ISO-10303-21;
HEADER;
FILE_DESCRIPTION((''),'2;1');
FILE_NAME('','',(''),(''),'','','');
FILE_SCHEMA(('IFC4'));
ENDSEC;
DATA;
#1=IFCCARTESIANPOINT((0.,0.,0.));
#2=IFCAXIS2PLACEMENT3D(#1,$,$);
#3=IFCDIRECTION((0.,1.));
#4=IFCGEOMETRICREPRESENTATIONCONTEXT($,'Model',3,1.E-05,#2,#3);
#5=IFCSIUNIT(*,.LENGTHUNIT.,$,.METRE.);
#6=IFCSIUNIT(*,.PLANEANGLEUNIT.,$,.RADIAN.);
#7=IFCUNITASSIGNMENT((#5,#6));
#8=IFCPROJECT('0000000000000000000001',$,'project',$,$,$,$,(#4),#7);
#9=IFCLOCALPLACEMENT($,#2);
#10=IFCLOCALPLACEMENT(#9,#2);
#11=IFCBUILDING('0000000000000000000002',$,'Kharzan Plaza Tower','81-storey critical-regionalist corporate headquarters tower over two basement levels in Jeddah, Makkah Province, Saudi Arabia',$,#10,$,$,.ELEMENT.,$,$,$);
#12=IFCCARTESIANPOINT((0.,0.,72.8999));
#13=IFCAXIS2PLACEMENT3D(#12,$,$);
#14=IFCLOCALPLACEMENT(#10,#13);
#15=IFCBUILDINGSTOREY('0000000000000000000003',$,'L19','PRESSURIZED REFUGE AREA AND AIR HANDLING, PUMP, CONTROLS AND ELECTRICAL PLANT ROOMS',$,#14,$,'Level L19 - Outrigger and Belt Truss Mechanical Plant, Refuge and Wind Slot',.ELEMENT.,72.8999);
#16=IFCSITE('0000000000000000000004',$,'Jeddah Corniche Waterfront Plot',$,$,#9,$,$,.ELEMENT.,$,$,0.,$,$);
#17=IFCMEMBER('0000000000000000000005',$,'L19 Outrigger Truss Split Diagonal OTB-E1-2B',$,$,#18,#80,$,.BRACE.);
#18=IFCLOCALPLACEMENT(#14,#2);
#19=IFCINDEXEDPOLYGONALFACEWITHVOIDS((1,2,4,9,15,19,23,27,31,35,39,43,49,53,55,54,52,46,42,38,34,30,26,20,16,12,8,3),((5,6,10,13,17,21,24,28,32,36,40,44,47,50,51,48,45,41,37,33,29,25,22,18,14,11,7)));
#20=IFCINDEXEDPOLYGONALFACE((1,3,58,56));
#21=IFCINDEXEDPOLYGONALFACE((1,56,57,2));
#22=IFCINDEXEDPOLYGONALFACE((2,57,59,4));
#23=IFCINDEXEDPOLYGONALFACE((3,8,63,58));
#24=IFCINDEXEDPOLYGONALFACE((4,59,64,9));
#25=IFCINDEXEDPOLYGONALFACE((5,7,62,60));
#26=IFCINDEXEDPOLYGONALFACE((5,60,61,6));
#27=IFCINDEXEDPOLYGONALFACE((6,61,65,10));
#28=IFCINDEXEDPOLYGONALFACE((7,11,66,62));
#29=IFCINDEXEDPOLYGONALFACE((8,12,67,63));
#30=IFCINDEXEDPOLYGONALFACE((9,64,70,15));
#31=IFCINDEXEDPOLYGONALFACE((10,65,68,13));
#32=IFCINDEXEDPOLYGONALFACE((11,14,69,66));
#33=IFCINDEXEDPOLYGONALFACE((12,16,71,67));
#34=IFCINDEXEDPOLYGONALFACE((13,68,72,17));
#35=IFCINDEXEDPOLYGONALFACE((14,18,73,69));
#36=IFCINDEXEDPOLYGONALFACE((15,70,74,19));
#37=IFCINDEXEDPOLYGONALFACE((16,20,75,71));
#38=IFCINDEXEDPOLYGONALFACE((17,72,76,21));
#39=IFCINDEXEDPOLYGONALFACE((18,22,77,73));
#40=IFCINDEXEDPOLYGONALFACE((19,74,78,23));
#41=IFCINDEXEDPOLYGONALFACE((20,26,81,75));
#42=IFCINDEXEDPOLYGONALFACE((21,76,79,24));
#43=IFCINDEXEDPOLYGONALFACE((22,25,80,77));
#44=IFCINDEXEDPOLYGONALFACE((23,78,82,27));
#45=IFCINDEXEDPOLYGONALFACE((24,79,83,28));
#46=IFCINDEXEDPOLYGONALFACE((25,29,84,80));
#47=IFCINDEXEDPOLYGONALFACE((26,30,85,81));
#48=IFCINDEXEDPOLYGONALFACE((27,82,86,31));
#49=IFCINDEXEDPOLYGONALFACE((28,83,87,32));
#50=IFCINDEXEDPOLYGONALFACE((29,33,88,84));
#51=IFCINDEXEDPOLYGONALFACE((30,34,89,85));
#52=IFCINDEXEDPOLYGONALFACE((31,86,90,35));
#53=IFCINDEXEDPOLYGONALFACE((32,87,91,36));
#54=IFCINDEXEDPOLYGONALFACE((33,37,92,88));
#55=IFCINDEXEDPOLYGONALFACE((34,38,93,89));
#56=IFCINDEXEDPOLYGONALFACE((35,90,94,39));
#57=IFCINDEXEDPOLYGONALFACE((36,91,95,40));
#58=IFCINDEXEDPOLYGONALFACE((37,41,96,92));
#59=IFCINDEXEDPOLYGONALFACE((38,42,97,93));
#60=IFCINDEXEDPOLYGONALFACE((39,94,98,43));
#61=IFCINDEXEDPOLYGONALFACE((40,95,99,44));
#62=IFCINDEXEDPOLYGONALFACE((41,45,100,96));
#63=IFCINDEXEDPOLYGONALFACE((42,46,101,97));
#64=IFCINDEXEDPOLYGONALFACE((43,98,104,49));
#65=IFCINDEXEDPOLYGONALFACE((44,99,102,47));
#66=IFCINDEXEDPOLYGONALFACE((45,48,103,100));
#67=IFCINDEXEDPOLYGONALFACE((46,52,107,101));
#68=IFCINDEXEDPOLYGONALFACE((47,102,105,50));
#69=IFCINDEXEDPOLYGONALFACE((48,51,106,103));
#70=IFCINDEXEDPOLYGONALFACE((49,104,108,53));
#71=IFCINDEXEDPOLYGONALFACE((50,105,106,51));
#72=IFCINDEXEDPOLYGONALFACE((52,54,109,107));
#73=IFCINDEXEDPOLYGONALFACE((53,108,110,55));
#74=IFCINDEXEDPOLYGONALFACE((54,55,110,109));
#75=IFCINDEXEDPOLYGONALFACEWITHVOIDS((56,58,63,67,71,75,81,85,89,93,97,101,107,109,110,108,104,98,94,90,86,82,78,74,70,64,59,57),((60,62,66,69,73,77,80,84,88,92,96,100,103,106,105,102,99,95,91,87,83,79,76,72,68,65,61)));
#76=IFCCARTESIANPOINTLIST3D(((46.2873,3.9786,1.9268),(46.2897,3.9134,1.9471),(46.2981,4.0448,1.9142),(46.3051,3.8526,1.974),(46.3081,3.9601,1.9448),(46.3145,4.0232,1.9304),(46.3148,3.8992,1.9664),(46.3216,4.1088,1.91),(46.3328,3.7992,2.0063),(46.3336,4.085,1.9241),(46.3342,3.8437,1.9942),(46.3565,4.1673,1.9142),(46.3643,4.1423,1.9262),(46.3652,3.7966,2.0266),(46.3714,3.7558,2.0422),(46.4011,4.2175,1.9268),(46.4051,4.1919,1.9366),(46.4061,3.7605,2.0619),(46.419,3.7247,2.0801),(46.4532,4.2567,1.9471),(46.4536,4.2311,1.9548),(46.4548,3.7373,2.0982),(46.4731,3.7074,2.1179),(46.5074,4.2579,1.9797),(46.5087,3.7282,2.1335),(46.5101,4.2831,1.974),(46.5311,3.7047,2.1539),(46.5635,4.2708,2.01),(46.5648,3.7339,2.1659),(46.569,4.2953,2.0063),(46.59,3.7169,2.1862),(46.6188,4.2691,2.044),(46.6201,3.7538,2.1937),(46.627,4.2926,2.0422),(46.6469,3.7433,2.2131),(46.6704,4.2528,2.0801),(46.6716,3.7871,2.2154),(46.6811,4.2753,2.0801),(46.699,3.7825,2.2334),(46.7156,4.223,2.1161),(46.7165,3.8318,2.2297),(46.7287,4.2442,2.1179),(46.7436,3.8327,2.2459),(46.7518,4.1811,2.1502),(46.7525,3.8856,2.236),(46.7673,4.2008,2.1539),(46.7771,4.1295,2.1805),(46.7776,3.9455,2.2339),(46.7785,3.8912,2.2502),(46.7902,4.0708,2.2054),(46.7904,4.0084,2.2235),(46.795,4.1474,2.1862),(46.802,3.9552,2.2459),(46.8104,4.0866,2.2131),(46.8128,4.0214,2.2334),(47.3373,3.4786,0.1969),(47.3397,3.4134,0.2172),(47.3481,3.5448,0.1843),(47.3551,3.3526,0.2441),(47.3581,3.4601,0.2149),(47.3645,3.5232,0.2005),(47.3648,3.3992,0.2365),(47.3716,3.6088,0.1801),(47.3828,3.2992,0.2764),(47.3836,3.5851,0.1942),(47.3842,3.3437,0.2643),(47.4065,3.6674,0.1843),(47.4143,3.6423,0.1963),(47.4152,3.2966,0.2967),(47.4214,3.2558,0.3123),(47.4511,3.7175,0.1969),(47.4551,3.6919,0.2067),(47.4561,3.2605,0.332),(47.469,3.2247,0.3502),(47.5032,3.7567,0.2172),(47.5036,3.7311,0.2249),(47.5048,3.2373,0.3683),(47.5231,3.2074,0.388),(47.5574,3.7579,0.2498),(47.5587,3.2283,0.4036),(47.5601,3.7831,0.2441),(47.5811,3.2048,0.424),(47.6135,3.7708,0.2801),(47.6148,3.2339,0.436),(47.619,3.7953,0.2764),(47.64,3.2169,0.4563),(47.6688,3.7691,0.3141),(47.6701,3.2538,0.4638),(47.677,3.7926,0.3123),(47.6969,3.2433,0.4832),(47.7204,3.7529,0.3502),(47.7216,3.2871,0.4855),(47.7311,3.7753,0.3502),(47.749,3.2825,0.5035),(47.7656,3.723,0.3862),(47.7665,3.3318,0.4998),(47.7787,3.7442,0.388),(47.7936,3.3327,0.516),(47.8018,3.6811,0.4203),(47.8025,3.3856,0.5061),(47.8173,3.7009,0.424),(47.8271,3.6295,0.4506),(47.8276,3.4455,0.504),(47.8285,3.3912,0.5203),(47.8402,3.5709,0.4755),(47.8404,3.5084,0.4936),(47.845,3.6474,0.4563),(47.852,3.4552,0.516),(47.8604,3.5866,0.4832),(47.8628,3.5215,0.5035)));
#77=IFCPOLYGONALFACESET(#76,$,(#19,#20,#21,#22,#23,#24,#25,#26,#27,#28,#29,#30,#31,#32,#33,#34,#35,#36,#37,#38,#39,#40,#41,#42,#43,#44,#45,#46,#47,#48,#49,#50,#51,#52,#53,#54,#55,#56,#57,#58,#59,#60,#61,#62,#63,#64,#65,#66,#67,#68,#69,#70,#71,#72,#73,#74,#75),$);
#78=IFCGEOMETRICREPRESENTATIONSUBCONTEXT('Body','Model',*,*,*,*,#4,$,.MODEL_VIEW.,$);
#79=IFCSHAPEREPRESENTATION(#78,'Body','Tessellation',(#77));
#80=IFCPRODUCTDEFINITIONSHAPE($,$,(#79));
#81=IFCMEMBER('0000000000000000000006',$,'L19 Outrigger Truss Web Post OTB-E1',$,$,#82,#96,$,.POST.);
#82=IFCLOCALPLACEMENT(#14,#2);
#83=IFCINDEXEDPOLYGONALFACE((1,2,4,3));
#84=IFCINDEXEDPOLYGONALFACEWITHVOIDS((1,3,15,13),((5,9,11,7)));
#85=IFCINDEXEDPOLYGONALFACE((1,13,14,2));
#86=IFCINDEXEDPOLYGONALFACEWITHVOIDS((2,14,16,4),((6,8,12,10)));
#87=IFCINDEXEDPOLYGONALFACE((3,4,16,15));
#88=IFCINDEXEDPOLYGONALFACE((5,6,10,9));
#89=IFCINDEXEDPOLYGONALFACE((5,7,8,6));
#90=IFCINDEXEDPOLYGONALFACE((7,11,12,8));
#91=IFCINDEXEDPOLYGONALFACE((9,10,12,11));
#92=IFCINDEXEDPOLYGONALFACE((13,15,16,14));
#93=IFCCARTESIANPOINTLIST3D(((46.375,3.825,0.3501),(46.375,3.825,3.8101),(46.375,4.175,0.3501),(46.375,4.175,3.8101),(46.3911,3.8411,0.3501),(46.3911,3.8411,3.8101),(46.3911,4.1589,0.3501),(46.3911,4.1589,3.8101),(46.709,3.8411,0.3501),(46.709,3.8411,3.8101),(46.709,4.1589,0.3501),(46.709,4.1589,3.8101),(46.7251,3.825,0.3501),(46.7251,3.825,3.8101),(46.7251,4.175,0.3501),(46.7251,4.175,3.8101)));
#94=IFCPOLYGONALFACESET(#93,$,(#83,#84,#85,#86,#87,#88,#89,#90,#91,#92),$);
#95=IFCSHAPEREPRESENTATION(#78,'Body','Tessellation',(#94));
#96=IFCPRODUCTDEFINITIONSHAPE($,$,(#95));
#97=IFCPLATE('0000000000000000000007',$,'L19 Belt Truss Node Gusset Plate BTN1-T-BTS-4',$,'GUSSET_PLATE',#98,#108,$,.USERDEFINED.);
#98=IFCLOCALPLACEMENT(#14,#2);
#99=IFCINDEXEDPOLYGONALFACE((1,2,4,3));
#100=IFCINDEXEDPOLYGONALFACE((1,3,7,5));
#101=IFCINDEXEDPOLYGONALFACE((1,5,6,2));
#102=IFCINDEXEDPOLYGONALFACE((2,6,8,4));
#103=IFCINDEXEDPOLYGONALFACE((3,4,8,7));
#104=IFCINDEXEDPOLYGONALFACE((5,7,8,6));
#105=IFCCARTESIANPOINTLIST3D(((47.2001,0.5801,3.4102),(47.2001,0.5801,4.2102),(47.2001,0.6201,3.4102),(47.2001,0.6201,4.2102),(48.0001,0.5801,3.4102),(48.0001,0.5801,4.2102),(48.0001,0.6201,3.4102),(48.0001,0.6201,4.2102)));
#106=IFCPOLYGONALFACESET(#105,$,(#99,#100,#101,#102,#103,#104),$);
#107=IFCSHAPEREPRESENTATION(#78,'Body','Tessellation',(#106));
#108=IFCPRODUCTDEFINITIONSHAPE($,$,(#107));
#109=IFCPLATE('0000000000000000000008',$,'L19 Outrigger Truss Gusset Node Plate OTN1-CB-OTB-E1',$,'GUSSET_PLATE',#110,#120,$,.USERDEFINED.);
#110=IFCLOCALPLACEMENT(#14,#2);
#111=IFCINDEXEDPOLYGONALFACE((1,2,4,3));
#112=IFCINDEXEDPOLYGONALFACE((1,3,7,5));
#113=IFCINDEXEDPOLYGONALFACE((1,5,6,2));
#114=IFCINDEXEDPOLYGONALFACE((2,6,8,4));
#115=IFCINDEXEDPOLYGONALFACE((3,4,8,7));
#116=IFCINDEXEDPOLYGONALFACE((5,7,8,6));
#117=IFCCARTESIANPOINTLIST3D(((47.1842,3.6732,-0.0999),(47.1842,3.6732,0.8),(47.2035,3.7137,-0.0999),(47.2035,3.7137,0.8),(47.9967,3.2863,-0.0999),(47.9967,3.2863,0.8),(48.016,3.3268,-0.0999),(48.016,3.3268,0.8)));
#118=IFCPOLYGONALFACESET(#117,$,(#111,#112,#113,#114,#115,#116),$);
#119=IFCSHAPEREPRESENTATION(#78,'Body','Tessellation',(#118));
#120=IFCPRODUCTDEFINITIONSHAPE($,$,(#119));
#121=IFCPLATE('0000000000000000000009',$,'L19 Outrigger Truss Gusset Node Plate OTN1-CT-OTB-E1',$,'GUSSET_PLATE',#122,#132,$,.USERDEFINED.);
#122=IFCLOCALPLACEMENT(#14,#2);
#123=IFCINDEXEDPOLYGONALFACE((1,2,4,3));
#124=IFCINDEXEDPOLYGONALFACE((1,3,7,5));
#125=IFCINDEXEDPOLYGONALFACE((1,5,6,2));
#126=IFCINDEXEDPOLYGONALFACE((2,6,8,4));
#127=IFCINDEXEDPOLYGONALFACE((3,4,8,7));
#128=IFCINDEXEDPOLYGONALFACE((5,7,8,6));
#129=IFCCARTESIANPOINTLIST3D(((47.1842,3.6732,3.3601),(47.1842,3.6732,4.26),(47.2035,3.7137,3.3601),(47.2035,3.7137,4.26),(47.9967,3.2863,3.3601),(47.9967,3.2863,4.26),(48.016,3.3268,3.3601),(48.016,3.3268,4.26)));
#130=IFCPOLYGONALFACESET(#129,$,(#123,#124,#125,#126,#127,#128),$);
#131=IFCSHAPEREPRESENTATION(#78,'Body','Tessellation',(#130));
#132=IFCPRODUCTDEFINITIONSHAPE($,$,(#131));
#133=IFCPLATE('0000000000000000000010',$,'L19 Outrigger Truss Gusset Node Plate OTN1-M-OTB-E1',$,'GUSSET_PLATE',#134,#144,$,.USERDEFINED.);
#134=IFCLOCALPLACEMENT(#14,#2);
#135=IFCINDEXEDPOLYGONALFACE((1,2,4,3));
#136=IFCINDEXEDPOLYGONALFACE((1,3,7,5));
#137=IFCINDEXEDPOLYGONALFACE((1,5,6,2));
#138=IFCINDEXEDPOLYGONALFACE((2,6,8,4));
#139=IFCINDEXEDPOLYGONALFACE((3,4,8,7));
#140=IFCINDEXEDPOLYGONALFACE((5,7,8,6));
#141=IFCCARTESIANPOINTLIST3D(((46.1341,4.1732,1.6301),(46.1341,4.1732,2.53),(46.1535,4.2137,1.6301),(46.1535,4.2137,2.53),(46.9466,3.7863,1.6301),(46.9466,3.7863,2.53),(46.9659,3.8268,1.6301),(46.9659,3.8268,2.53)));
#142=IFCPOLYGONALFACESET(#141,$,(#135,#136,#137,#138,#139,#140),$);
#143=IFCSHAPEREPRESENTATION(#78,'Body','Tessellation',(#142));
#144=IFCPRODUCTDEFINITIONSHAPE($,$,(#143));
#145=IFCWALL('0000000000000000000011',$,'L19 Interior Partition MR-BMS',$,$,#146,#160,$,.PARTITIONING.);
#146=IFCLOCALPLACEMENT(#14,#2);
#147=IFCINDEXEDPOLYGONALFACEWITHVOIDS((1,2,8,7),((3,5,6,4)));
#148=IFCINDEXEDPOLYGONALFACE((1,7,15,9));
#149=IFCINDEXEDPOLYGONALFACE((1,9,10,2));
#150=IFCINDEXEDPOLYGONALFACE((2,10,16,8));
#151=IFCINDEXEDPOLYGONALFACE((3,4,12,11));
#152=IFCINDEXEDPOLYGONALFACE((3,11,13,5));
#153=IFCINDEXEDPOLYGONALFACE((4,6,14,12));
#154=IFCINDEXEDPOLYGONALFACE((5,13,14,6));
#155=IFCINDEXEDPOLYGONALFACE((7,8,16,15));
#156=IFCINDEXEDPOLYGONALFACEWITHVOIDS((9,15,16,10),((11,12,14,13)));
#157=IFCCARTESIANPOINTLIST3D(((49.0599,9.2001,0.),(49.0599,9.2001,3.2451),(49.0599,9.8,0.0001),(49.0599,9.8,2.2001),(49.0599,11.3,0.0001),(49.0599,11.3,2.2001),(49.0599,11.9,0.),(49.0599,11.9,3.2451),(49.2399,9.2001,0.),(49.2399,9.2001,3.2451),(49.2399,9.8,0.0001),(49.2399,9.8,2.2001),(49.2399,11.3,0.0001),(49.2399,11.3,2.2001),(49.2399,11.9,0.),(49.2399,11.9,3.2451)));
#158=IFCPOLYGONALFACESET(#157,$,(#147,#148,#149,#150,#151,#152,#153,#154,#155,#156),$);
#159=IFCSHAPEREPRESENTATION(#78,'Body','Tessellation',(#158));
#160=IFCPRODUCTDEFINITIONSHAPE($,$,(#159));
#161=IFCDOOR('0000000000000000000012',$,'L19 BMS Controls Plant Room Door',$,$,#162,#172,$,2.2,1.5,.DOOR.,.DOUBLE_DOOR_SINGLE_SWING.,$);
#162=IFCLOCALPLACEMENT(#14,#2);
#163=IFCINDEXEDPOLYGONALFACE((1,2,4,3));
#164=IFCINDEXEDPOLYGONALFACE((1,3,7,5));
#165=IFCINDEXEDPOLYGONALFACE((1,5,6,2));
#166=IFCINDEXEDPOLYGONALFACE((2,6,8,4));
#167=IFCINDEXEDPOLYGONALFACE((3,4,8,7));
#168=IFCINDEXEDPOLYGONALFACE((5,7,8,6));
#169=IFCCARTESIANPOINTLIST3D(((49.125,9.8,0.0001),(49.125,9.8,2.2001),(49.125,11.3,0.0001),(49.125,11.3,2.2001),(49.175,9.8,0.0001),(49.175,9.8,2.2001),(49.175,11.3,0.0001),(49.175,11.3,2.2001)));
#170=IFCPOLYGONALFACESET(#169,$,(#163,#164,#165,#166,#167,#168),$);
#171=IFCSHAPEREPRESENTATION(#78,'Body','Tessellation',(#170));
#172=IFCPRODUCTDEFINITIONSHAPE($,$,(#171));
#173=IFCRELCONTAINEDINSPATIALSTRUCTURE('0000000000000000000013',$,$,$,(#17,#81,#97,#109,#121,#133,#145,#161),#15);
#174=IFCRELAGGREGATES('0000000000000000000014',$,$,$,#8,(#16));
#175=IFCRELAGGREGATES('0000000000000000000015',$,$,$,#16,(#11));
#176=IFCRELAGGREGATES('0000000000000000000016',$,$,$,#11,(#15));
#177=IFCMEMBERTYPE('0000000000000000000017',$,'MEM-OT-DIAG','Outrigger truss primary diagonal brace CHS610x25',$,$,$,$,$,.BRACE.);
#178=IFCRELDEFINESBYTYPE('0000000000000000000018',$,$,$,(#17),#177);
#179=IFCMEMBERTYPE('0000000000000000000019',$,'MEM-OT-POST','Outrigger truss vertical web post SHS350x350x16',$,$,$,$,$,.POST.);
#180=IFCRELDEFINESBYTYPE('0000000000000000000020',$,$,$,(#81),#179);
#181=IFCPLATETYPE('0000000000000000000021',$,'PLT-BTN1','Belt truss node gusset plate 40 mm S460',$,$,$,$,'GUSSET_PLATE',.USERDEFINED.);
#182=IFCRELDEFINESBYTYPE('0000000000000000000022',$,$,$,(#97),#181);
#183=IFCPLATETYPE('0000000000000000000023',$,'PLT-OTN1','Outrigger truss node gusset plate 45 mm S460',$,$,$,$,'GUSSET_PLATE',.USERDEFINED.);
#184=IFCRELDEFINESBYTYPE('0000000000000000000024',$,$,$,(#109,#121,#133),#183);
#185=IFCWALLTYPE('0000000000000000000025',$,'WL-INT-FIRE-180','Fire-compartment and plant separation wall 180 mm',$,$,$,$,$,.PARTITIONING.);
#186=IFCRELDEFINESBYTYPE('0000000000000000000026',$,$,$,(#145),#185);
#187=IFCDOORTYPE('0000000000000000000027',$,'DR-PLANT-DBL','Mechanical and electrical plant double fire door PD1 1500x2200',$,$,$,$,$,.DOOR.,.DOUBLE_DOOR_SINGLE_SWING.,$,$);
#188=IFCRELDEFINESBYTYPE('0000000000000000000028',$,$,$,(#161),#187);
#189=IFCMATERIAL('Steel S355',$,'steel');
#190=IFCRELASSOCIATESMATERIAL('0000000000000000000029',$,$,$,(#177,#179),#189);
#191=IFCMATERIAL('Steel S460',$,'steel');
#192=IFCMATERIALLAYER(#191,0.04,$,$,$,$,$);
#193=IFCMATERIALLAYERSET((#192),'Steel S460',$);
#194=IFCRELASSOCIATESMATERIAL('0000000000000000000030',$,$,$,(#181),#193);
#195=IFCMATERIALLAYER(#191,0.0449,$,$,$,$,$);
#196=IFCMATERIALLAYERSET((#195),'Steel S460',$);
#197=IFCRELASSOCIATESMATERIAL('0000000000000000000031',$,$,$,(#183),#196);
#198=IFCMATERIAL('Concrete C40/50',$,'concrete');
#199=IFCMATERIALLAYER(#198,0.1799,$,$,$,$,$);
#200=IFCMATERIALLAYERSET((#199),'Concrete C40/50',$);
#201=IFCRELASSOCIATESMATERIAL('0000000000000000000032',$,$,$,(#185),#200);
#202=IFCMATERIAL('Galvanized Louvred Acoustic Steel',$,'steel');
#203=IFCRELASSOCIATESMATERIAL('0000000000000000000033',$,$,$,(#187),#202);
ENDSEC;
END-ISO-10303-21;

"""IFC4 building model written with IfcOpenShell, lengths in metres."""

from ifc_helpers import new_model, si_unit, direction, frame, frame_2d, origin, origin_2d, place, context, subcontext, project, spatial, rectangle, hollow_rectangle, hollow_circle, extrude, source, transform, mapped, material, layer, layer_set, material_profile, profile_set, type_object, element, fill, save


model = new_model("IFC4")

# Units and contexts
model_context = context("Model", 3, precision=1e-05, world=origin(), true_north=direction((0.0, 1.0)))
body_context = subcontext(model_context, "Body", "Model", "MODEL_VIEW")
ifc_project = project(units=[si_unit("LENGTHUNIT", "METRE"), si_unit("PLANEANGLEUNIT", "RADIAN")], contexts=[model_context])

# Site, building, storey
site_placement = place(None, origin())
site = spatial("IfcSite", under=ifc_project, at=site_placement, Name="Jeddah Corniche Waterfront Plot", CompositionType="ELEMENT", RefElevation=0.0)
building_placement = place(site_placement, origin())
building = spatial("IfcBuilding", under=site, at=building_placement, Name="Kharzan Plaza Tower", Description="81-storey critical-regionalist corporate headquarters tower over two basement levels in Jeddah, Makkah Province, Saudi Arabia", CompositionType="ELEMENT")
storey_placement = place(building_placement, frame((0.0, 0.0, 72.8999)))
storey = spatial("IfcBuildingStorey", under=building, at=storey_placement, Name="L19", Description="PRESSURIZED REFUGE AREA AND AIR HANDLING, PUMP, CONTROLS AND ELECTRICAL PLANT ROOMS", LongName="Level L19 - Outrigger and Belt Truss Mechanical Plant, Refuge and Wind Slot", CompositionType="ELEMENT", Elevation=72.8999)

# Shared definitions
ifc_material_1 = material(Name="Steel S355", Category="steel")

# Members
ifc_material_profile_1 = material_profile(ifc_material_1, hollow_circle(Radius=0.3049, WallThickness=0.0249, at=origin_2d()), Name="CHS610x25")
ifc_profile_set_1 = profile_set([ifc_material_profile_1], Name="Steel S355")
member_type_1 = type_object("IfcMemberType", Name="MEM-OT-DIAG", Description="Outrigger truss primary diagonal brace CHS610x25", PredefinedType="BRACE", material=ifc_profile_set_1)
shared_shape_1 = source(origin(), body_context, "Body", "SweptSolid", [
    extrude(hollow_circle(Radius=0.3049, WallThickness=0.0249, at=origin_2d()), origin(), (0.0, 0.0, 1.0), 2.0845),
])
member_1_placement = place(storey_placement, frame((46.55, 4.0, 2.0801), z_axis=(0.503724, -0.239858, -0.829898), x_axis=(0.429917, 0.902868, 0.0)))
element("IfcMember", 1, at=member_1_placement, inside=storey, type_object=member_type_1, Name="L19 Outrigger Truss Split Diagonal OTB-E1-2B", PredefinedType="BRACE", context=body_context, shape_type="MappedRepresentation", body=[
    mapped(shared_shape_1, transform((0.0, 0.0, 0.0), x_axis=(1.0, 0.0, 0.0), y_axis=(0.0, 1.0, 0.0), z_axis=(0.0, 0.0, 1.0))),
])
ifc_material_profile_2 = material_profile(ifc_material_1, hollow_rectangle(XDim=0.3501, YDim=0.3501, WallThickness=0.0161, at=origin_2d()), Name="SHS350x350x16")
ifc_profile_set_2 = profile_set([ifc_material_profile_2], Name="Steel S355")
member_type_2 = type_object("IfcMemberType", Name="MEM-OT-POST", Description="Outrigger truss vertical web post SHS350x350x16", PredefinedType="POST", material=ifc_profile_set_2)
shared_shape_2 = source(origin(), body_context, "Body", "SweptSolid", [
    extrude(hollow_rectangle(XDim=0.3501, YDim=0.3501, WallThickness=0.0161, at=origin_2d()), origin(), (0.0, 0.0, 1.0), 3.46),
])
member_2_placement = place(storey_placement, frame((46.55, 4.0, 0.3501), z_axis=(0.0, 0.0, 1.0), x_axis=(1.0, 0.0, 0.0)))
element("IfcMember", 2, at=member_2_placement, inside=storey, type_object=member_type_2, Name="L19 Outrigger Truss Web Post OTB-E1", PredefinedType="POST", context=body_context, shape_type="MappedRepresentation", body=[
    mapped(shared_shape_2, transform((0.0, 0.0, 0.0), x_axis=(1.0, 0.0, 0.0), y_axis=(0.0, 1.0, 0.0), z_axis=(0.0, 0.0, 1.0))),
])

# Plates
ifc_material_2 = material(Name="Steel S460", Category="steel")
ifc_layer_1 = layer(ifc_material_2, 0.04)
ifc_layer_set_1 = layer_set([ifc_layer_1], Name="Steel S460")
plate_type_1 = type_object("IfcPlateType", Name="PLT-BTN1", Description="Belt truss node gusset plate 40 mm S460", ElementType="GUSSET_PLATE", PredefinedType="USERDEFINED", material=ifc_layer_set_1)
shared_shape_3 = source(origin(), body_context, "Body", "SweptSolid", [
    extrude(rectangle(XDim=0.8, YDim=0.04, at=origin_2d()), origin(), (0.0, 0.0, 1.0), 0.8),
])
plate_placement = place(storey_placement, frame((47.6001, 0.6001, 3.4102), z_axis=(0.0, 0.0, 1.0), x_axis=(1.0, 0.0, 0.0)))
element("IfcPlate", 3, at=plate_placement, inside=storey, type_object=plate_type_1, Name="L19 Belt Truss Node Gusset Plate BTN1-T-BTS-4", ObjectType="GUSSET_PLATE", PredefinedType="USERDEFINED", context=body_context, shape_type="MappedRepresentation", body=[
    mapped(shared_shape_3, transform((0.0, 0.0, 0.0), x_axis=(1.0, 0.0, 0.0), y_axis=(0.0, 1.0, 0.0), z_axis=(0.0, 0.0, 1.0))),
])
ifc_layer_2 = layer(ifc_material_2, 0.0449)
ifc_layer_set_2 = layer_set([ifc_layer_2], Name="Steel S460")
plate_type_2 = type_object("IfcPlateType", Name="PLT-OTN1", Description="Outrigger truss node gusset plate 45 mm S460", ElementType="GUSSET_PLATE", PredefinedType="USERDEFINED", material=ifc_layer_set_2)
shared_shape_4 = source(origin(), body_context, "Body", "SweptSolid", [
    extrude(rectangle(XDim=0.8999, YDim=0.0449, at=origin_2d()), origin(), (0.0, 0.0, 1.0), 0.8999),
])
for number, where, z_axis, x_axis, name in (
    (4, (47.6001, 3.5, -0.0999), (0.0, 0.0, 1.0), (0.902861, -0.429933, 0.0), "L19 Outrigger Truss Gusset Node Plate OTN1-CB-OTB-E1"),
    (5, (47.6001, 3.5, 3.3601), (0.0, 0.0, 1.0), (0.902861, -0.429933, 0.0), "L19 Outrigger Truss Gusset Node Plate OTN1-CT-OTB-E1"),
    (6, (46.55, 4.0, 1.6301), (0.0, 0.0, 1.0), (0.902861, -0.429933, 0.0), "L19 Outrigger Truss Gusset Node Plate OTN1-M-OTB-E1"),
):
    element("IfcPlate", number, at=place(storey_placement, frame(where, z_axis=z_axis, x_axis=x_axis)), inside=storey, type_object=plate_type_2, Name=name, ObjectType="GUSSET_PLATE", PredefinedType="USERDEFINED", context=body_context, shape_type="MappedRepresentation", body=[
        mapped(shared_shape_4, transform((0.0, 0.0, 0.0), x_axis=(1.0, 0.0, 0.0), y_axis=(0.0, 1.0, 0.0), z_axis=(0.0, 0.0, 1.0))),
    ])

# Wall, opening, door
ifc_material_3 = material(Name="Concrete C40/50", Category="concrete")
ifc_layer_3 = layer(ifc_material_3, 0.1799)
ifc_layer_set_3 = layer_set([ifc_layer_3], Name="Concrete C40/50")
wall_type = type_object("IfcWallType", Name="WL-INT-FIRE-180", Description="Fire-compartment and plant separation wall 180 mm", PredefinedType="PARTITIONING", material=ifc_layer_set_3)
wall_1_placement = place(storey_placement, frame((49.1499, 9.2, 0.0), z_axis=(0.0, 0.0, 1.0), x_axis=(0.0, 1.0, 0.0)))
wall_1 = element("IfcWall", 7, at=wall_1_placement, inside=storey, type_object=wall_type, Name="L19 Interior Partition MR-BMS", PredefinedType="PARTITIONING", context=body_context, shape_type="SweptSolid", body=[
    extrude(rectangle(XDim=2.7, YDim=0.1799, at=frame_2d((1.3501, 0.0))), origin(), (0.0, 0.0, 1.0), 3.2451),
])
opening_1_placement = place(wall_1_placement, frame((0.6001, 0.0, 0.0)))
opening_1 = element("IfcOpeningElement", 8, at=opening_1_placement, cuts=wall_1, PredefinedType="OPENING", context=body_context, shape_type="SweptSolid", body=[
    extrude(rectangle(XDim=1.5, YDim=2.2, at=frame_2d((0.75, 1.1001))), frame((0.0, 0.0999, 0.0), z_axis=(0.0, -1.0, 0.0), x_axis=(1.0, 0.0, 0.0)), (0.0, 0.0, 1.0), 0.2),
])
ifc_material_4 = material(Name="Galvanized Louvred Acoustic Steel", Category="steel")
door_type = type_object("IfcDoorType", Name="DR-PLANT-DBL", Description="Mechanical and electrical plant double fire door PD1 1500x2200", OperationType="DOUBLE_DOOR_SINGLE_SWING", PredefinedType="DOOR", material=ifc_material_4)
shared_shape_5 = source(origin(), body_context, "Body", "SweptSolid", [
    extrude(rectangle(XDim=1.5, YDim=2.2, at=frame_2d((0.75, 1.1001))), frame((0.0, 0.0249, 0.0), z_axis=(0.0, -1.0, 0.0), x_axis=(1.0, 0.0, 0.0)), (0.0, 0.0, 1.0), 0.05),
])
door_1_placement = place(opening_1_placement, origin())
door_1 = element("IfcDoor", 9, at=door_1_placement, inside=storey, type_object=door_type, Name="L19 BMS Controls Plant Room Door", OperationType="DOUBLE_DOOR_SINGLE_SWING", OverallHeight=2.2, OverallWidth=1.5, PredefinedType="DOOR", context=body_context, shape_type="MappedRepresentation", body=[
    mapped(shared_shape_5, transform((0.0, 0.0, 0.0), x_axis=(1.0, 0.0, 0.0), y_axis=(0.0, 1.0, 0.0), z_axis=(0.0, 0.0, 1.0))),
])
fill(opening_1, door_1)

save(model, "model.ifc")
